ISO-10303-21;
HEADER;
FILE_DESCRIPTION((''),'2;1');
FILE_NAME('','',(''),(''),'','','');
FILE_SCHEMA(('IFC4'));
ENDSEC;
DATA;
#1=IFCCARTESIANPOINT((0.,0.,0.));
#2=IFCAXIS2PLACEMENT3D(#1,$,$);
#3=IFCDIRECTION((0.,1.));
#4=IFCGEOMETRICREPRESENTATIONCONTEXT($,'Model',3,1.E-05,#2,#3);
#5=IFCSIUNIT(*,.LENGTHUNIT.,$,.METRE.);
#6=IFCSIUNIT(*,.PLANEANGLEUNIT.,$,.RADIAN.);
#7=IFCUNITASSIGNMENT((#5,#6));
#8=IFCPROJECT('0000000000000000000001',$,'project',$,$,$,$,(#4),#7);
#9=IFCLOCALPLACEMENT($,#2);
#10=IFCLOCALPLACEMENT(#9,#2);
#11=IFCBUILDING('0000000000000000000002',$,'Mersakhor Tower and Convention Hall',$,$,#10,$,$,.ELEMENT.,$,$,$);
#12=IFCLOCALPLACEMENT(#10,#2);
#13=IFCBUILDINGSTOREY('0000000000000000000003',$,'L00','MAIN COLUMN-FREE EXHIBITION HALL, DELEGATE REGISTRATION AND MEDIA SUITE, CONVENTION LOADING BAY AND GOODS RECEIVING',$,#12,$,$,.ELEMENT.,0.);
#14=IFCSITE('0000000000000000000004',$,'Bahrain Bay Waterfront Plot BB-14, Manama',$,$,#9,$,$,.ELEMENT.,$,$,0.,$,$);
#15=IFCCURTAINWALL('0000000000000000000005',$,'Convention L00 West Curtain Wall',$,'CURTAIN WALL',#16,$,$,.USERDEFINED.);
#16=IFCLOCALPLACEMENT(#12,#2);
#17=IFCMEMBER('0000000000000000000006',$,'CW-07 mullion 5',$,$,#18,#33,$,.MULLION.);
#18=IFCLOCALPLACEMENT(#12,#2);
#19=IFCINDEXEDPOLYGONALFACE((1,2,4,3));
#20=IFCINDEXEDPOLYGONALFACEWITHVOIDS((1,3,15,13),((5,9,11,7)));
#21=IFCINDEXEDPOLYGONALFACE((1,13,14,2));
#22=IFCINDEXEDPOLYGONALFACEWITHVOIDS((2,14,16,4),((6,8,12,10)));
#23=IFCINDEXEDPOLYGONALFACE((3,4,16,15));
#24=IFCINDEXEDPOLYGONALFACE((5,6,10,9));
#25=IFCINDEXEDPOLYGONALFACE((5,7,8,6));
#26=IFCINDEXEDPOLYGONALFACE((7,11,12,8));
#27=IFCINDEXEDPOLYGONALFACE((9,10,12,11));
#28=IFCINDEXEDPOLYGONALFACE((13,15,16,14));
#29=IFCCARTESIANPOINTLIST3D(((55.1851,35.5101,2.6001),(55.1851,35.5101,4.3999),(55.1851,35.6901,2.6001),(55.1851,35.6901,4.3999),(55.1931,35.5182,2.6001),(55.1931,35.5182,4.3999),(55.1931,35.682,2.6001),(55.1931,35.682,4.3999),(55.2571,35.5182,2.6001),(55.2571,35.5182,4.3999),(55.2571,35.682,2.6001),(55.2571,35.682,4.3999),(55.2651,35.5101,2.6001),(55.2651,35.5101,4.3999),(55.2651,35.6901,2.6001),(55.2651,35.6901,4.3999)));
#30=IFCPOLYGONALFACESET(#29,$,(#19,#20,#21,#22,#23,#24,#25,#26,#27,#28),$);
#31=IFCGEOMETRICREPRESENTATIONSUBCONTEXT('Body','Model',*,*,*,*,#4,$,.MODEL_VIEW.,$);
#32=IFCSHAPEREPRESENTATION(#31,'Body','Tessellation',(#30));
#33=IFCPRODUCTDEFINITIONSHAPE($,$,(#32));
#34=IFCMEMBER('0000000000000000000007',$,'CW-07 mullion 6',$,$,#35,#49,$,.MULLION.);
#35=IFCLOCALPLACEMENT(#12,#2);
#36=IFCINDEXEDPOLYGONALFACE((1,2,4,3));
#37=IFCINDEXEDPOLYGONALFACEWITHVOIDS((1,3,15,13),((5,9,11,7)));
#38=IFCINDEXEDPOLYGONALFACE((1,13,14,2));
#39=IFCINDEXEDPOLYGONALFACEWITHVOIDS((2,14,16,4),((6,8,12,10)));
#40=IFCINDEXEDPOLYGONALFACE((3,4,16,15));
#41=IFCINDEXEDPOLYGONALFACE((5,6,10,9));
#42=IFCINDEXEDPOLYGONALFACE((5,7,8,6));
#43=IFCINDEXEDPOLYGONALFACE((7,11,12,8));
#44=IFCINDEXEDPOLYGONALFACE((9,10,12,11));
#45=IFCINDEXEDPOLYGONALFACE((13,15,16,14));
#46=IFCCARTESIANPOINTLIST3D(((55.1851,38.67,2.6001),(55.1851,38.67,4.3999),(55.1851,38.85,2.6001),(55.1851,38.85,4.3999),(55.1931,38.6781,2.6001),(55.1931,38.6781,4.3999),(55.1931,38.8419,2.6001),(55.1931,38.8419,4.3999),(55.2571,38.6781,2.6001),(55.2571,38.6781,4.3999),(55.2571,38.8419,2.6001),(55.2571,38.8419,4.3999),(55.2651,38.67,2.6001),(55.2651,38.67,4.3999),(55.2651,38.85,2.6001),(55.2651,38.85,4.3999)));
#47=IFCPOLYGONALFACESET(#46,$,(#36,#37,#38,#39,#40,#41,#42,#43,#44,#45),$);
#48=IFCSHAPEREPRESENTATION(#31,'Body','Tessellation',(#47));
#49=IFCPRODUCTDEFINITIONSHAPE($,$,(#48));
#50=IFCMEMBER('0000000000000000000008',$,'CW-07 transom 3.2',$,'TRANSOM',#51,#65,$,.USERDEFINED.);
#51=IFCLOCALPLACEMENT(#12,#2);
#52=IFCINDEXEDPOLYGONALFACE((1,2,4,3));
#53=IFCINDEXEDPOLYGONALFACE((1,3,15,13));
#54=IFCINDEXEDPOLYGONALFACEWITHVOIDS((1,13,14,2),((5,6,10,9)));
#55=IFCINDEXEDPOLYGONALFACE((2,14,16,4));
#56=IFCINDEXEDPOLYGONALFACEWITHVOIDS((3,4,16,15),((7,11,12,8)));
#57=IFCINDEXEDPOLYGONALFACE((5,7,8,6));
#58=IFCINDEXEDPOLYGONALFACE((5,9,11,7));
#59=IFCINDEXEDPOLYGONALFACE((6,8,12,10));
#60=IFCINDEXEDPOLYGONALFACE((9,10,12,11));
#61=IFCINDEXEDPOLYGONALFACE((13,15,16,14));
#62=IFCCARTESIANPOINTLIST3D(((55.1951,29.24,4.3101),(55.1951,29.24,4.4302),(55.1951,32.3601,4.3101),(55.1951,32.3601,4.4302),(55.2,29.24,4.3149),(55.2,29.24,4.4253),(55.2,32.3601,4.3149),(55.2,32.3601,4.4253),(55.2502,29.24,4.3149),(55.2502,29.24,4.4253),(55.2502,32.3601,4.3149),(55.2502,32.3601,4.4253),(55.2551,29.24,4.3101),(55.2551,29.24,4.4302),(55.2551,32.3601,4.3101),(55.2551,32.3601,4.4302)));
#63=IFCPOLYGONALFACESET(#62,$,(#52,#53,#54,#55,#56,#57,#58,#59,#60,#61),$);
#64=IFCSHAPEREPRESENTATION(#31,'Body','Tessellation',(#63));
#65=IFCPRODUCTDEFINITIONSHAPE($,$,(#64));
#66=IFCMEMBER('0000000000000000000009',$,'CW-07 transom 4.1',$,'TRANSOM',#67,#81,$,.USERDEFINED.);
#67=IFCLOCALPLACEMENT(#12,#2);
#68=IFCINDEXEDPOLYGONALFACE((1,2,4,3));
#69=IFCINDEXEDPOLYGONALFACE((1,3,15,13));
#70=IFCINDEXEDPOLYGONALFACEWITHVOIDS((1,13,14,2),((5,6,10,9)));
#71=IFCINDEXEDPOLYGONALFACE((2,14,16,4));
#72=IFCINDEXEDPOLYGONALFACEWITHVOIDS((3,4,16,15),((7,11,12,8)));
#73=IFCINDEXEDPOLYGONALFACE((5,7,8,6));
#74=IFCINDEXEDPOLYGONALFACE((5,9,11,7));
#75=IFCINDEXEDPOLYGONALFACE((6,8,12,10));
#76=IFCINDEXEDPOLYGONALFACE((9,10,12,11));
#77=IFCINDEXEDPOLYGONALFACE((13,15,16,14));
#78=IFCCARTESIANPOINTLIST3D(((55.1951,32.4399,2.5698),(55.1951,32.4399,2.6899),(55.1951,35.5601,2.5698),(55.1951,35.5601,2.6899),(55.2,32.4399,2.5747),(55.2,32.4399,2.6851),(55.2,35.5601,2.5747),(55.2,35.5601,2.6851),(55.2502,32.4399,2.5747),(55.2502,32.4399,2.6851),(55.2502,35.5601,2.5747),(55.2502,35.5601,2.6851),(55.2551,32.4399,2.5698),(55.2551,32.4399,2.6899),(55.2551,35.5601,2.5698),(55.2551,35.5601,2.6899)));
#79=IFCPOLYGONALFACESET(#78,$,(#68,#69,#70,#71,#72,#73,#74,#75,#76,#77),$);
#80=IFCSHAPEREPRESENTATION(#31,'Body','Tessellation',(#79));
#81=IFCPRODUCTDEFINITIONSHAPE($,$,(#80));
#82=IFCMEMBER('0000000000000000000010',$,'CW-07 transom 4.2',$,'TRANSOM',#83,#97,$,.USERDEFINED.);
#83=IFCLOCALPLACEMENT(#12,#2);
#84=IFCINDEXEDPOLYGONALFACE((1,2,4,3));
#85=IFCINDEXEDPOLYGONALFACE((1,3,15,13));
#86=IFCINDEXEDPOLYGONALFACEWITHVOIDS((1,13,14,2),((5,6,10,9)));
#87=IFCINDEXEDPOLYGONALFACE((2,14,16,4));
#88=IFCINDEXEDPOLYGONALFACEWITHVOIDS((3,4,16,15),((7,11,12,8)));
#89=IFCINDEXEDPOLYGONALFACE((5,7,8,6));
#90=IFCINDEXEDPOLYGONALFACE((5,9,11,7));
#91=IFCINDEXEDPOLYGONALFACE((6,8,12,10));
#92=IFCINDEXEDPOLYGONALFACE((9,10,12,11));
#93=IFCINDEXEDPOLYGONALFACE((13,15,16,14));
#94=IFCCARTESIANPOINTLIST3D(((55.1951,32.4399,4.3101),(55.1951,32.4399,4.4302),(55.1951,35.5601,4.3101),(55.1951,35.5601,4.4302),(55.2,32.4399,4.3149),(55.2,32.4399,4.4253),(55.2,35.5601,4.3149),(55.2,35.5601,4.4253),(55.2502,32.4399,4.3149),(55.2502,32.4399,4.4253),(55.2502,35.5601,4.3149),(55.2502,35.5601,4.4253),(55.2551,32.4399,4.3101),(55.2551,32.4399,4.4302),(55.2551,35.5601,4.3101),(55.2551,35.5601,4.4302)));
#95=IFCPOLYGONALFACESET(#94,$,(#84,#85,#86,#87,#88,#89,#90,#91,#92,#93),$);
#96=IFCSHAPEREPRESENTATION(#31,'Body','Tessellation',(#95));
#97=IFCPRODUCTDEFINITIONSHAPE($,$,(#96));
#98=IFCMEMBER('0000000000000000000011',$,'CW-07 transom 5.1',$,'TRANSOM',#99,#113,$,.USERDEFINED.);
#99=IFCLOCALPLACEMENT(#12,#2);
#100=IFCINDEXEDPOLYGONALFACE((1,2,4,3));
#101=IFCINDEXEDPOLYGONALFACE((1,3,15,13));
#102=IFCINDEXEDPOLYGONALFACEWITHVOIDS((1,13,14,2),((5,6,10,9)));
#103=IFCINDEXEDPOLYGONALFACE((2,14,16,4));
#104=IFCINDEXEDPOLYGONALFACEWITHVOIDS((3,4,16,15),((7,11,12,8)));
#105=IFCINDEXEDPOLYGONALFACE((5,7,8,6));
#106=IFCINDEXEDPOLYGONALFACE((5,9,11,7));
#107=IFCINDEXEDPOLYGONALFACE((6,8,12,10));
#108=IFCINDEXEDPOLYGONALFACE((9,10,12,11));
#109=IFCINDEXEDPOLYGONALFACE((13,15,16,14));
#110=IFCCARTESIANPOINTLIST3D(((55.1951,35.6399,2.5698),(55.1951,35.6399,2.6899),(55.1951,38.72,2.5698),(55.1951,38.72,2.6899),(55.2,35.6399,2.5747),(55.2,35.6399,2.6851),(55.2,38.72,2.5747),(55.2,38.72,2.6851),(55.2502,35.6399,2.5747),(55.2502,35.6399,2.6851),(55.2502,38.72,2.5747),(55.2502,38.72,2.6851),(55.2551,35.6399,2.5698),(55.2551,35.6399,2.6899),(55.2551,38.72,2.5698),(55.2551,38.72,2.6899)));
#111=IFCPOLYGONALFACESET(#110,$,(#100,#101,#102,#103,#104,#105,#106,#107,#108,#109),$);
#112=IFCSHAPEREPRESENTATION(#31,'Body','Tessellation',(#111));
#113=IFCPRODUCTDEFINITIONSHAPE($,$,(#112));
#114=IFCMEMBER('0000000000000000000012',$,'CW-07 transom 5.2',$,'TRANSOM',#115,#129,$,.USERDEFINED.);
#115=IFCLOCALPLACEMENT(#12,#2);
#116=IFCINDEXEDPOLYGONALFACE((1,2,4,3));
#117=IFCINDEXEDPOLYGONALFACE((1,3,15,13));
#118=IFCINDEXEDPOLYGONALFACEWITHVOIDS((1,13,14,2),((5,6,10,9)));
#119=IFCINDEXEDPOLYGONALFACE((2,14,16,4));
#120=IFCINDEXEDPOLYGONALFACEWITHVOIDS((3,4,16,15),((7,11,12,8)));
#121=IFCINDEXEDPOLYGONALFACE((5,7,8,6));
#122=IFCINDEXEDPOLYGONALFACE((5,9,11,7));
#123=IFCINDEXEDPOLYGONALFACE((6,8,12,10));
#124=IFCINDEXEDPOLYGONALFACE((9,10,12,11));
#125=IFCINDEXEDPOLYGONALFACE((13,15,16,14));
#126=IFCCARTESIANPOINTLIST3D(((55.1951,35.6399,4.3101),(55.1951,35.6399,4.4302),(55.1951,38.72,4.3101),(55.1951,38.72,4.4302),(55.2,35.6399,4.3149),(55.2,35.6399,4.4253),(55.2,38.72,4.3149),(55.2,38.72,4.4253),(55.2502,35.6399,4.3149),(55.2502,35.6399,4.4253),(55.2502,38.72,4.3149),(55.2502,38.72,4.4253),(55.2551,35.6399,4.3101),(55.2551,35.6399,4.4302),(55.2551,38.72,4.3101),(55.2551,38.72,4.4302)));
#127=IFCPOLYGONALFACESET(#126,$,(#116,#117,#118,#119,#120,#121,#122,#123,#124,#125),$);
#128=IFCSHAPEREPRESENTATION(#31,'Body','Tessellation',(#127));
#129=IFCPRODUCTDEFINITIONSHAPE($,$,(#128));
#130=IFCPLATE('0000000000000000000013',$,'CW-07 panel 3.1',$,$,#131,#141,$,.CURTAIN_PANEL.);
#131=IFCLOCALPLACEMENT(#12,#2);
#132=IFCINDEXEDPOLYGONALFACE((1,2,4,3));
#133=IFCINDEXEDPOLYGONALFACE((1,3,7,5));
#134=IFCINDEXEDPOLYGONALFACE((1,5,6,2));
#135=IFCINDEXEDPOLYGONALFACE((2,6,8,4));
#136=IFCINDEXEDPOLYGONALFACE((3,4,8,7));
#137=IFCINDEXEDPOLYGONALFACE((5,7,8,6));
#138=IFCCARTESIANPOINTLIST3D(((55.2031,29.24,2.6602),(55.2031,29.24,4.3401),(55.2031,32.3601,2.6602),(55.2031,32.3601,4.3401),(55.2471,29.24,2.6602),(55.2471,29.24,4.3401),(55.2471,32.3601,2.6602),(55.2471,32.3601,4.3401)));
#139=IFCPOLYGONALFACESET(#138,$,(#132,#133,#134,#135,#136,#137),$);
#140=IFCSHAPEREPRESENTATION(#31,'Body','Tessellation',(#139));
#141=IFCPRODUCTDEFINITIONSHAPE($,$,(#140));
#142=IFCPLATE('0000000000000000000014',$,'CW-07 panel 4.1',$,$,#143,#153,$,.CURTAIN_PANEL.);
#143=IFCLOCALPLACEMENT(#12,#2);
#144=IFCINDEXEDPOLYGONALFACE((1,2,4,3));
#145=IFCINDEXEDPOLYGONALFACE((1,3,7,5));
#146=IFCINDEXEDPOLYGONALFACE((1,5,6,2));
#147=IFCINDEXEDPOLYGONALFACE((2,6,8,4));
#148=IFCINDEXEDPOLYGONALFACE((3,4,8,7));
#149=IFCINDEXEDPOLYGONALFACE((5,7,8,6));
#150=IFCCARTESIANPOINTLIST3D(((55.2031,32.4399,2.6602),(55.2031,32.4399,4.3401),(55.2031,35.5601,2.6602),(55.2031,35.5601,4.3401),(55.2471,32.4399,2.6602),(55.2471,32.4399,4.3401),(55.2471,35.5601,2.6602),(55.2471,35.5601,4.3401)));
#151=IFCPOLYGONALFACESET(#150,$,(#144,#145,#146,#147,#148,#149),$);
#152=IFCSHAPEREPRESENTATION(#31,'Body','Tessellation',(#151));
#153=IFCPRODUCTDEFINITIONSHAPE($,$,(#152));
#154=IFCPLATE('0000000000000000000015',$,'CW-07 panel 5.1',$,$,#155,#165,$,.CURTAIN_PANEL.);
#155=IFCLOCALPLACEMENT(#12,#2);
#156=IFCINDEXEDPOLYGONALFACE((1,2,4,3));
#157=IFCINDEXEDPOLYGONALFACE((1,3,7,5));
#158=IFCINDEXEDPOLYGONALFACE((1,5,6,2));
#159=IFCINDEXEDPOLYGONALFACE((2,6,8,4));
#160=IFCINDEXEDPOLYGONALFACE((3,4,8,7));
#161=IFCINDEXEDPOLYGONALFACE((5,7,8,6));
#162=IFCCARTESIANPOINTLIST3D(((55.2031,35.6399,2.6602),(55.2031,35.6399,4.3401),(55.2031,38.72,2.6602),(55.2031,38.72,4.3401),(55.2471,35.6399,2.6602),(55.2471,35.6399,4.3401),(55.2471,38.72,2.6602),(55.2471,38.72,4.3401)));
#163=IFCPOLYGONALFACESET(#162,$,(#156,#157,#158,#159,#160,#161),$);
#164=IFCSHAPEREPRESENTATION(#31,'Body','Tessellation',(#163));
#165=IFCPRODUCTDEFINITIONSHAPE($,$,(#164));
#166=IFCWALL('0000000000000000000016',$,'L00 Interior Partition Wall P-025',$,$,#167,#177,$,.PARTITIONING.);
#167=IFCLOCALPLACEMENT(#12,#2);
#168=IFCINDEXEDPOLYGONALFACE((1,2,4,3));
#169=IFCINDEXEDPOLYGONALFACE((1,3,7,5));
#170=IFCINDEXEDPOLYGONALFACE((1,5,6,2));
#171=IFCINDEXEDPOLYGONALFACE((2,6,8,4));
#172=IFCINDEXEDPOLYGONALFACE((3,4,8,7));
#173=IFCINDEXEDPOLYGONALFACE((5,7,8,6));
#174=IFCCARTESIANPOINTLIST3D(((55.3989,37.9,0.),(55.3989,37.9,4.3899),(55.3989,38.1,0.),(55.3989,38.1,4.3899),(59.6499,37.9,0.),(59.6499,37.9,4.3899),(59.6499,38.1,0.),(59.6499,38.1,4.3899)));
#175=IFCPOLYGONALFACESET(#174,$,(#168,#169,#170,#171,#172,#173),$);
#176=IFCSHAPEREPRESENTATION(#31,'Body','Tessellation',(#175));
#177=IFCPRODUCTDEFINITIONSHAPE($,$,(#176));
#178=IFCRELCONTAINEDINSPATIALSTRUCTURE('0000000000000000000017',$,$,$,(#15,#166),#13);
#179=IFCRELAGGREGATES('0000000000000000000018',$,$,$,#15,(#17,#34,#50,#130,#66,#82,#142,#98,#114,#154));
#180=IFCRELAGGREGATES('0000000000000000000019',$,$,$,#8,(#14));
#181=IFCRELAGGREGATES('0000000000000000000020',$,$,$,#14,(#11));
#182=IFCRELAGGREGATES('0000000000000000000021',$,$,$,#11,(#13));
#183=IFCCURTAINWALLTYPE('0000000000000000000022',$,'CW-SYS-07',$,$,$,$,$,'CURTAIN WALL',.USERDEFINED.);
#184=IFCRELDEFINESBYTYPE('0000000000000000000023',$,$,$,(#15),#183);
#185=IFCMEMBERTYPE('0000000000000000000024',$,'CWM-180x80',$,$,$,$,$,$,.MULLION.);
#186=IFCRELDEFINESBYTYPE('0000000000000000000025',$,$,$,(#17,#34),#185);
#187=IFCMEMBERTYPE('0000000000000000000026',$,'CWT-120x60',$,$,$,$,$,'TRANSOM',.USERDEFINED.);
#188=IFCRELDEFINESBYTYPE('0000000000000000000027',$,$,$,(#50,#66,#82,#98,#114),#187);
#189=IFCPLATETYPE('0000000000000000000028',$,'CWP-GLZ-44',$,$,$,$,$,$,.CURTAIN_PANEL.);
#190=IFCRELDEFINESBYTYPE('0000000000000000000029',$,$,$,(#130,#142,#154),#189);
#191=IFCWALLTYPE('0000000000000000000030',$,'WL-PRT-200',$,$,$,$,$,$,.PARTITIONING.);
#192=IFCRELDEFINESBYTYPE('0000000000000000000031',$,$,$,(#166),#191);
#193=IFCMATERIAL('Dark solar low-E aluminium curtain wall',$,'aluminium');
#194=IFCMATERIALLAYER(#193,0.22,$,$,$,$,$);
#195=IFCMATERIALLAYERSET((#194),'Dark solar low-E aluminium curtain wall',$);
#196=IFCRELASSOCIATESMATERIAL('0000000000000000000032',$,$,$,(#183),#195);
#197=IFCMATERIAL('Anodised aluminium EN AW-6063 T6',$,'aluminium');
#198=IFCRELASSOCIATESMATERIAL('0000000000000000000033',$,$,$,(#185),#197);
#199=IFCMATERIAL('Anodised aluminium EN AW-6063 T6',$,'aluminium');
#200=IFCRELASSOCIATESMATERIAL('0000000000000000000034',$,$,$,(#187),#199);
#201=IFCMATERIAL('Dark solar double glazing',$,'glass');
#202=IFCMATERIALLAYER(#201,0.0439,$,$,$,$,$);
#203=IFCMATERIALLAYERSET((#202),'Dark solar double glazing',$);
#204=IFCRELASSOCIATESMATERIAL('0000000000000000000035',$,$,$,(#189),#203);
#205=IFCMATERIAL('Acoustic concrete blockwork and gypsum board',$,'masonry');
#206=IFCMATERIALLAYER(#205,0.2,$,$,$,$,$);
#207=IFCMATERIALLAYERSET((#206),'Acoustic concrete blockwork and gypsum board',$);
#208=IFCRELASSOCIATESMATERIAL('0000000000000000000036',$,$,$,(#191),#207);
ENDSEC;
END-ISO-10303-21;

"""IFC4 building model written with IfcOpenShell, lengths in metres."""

from ifc_helpers import new_model, si_unit, direction, frame, frame_2d, origin, origin_2d, place, context, subcontext, project, spatial, rectangle, hollow_rectangle, extrude, material, layer, layer_set, material_profile, profile_set, type_object, element, aggregate, save


model = new_model("IFC4")

# Units and contexts
model_context = context("Model", 3, precision=1e-05, world=origin(), true_north=direction((0.0, 1.0)))
body_context = subcontext(model_context, "Body", "Model", "MODEL_VIEW")
ifc_project = project(units=[si_unit("LENGTHUNIT", "METRE"), si_unit("PLANEANGLEUNIT", "RADIAN")], contexts=[model_context])

# Site, building, storey
site_placement = place(None, origin())
site = spatial("IfcSite", under=ifc_project, at=site_placement, Name="Bahrain Bay Waterfront Plot BB-14, Manama", CompositionType="ELEMENT", RefElevation=0.0)
building_placement = place(site_placement, origin())
building = spatial("IfcBuilding", under=site, at=building_placement, Name="Mersakhor Tower and Convention Hall", CompositionType="ELEMENT")
storey_placement = place(building_placement, origin())
storey = spatial("IfcBuildingStorey", under=building, at=storey_placement, Name="L00", Description="MAIN COLUMN-FREE EXHIBITION HALL, DELEGATE REGISTRATION AND MEDIA SUITE, CONVENTION LOADING BAY AND GOODS RECEIVING", CompositionType="ELEMENT", Elevation=0.0)

# Curtain wall, members, plates
ifc_material_1 = material(Name="Dark solar low-E aluminium curtain wall", Category="aluminium")
ifc_layer_1 = layer(ifc_material_1, 0.22)
ifc_layer_set_1 = layer_set([ifc_layer_1], Name="Dark solar low-E aluminium curtain wall")
curtain_wall_type = type_object("IfcCurtainWallType", Name="CW-SYS-07", ElementType="CURTAIN WALL", PredefinedType="USERDEFINED", material=ifc_layer_set_1)
curtain_wall_placement = place(storey_placement, origin())
curtain_wall = element("IfcCurtainWall", 1, at=curtain_wall_placement, inside=storey, type_object=curtain_wall_type, Name="Convention L00 West Curtain Wall", ObjectType="CURTAIN WALL", PredefinedType="USERDEFINED")
ifc_material_2 = material(Name="Anodised aluminium EN AW-6063 T6", Category="aluminium")
ifc_material_profile_1 = material_profile(ifc_material_2, hollow_rectangle(XDim=0.0801, YDim=0.1799, WallThickness=0.0081, at=origin_2d()), Name="RHS 180x80x8")
ifc_profile_set_1 = profile_set([ifc_material_profile_1], Name="Anodised aluminium EN AW-6063 T6")
member_type_1 = type_object("IfcMemberType", Name="CWM-180x80", PredefinedType="MULLION", material=ifc_profile_set_1)
member_1_placement = place(storey_placement, frame((55.2251, 35.6001, 2.6001), z_axis=(0.0, 0.0, 1.0), x_axis=(-1.0, 0.0, 0.0)))
member_1 = element("IfcMember", 2, at=member_1_placement, type_object=member_type_1, Name="CW-07 mullion 5", PredefinedType="MULLION", context=body_context, shape_type="SweptSolid", body=[
    extrude(hollow_rectangle(XDim=0.0801, YDim=0.1799, WallThickness=0.0081, at=origin_2d()), origin(), (0.0, 0.0, 1.0), 1.7998),
])
member_2_placement = place(storey_placement, frame((55.2251, 38.76, 2.6001), z_axis=(0.0, 0.0, 1.0), x_axis=(-1.0, 0.0, 0.0)))
member_2 = element("IfcMember", 3, at=member_2_placement, type_object=member_type_1, Name="CW-07 mullion 6", PredefinedType="MULLION", context=body_context, shape_type="SweptSolid", body=[
    extrude(hollow_rectangle(XDim=0.0801, YDim=0.1799, WallThickness=0.0081, at=origin_2d()), origin(), (0.0, 0.0, 1.0), 1.7998),
])
ifc_material_3 = material(Name="Anodised aluminium EN AW-6063 T6", Category="aluminium")
ifc_material_profile_2 = material_profile(ifc_material_3, hollow_rectangle(XDim=0.0601, YDim=0.1201, WallThickness=0.0049, at=origin_2d()), Name="RHS 120x60x5")
ifc_profile_set_2 = profile_set([ifc_material_profile_2], Name="Anodised aluminium EN AW-6063 T6")
member_type_2 = type_object("IfcMemberType", Name="CWT-120x60", ElementType="TRANSOM", PredefinedType="USERDEFINED", material=ifc_profile_set_2)
member_3_placement = place(storey_placement, frame((55.2251, 29.24, 4.3701), z_axis=(0.0, 1.0, 0.0), x_axis=(-1.0, 0.0, 0.0)))
member_3 = element("IfcMember", 4, at=member_3_placement, type_object=member_type_2, Name="CW-07 transom 3.2", ObjectType="TRANSOM", PredefinedType="USERDEFINED", context=body_context, shape_type="SweptSolid", body=[
    extrude(hollow_rectangle(XDim=0.0601, YDim=0.1201, WallThickness=0.0049, at=origin_2d()), origin(), (0.0, 0.0, 1.0), 3.1201),
])
member_4_placement = place(storey_placement, frame((55.2251, 32.4399, 2.6299), z_axis=(0.0, 1.0, 0.0), x_axis=(-1.0, 0.0, 0.0)))
member_4 = element("IfcMember", 5, at=member_4_placement, type_object=member_type_2, Name="CW-07 transom 4.1", ObjectType="TRANSOM", PredefinedType="USERDEFINED", context=body_context, shape_type="SweptSolid", body=[
    extrude(hollow_rectangle(XDim=0.0601, YDim=0.1201, WallThickness=0.0049, at=origin_2d()), origin(), (0.0, 0.0, 1.0), 3.1201),
])
member_5_placement = place(storey_placement, frame((55.2251, 32.4399, 4.3701), z_axis=(0.0, 1.0, 0.0), x_axis=(-1.0, 0.0, 0.0)))
member_5 = element("IfcMember", 6, at=member_5_placement, type_object=member_type_2, Name="CW-07 transom 4.2", ObjectType="TRANSOM", PredefinedType="USERDEFINED", context=body_context, shape_type="SweptSolid", body=[
    extrude(hollow_rectangle(XDim=0.0601, YDim=0.1201, WallThickness=0.0049, at=origin_2d()), origin(), (0.0, 0.0, 1.0), 3.1201),
])
member_6_placement = place(storey_placement, frame((55.2251, 35.6399, 2.6299), z_axis=(0.0, 1.0, 0.0), x_axis=(-1.0, 0.0, 0.0)))
member_6 = element("IfcMember", 7, at=member_6_placement, type_object=member_type_2, Name="CW-07 transom 5.1", ObjectType="TRANSOM", PredefinedType="USERDEFINED", context=body_context, shape_type="SweptSolid", body=[
    extrude(hollow_rectangle(XDim=0.0601, YDim=0.1201, WallThickness=0.0049, at=origin_2d()), origin(), (0.0, 0.0, 1.0), 3.0801),
])
member_7_placement = place(storey_placement, frame((55.2251, 35.6399, 4.3701), z_axis=(0.0, 1.0, 0.0), x_axis=(-1.0, 0.0, 0.0)))
member_7 = element("IfcMember", 8, at=member_7_placement, type_object=member_type_2, Name="CW-07 transom 5.2", ObjectType="TRANSOM", PredefinedType="USERDEFINED", context=body_context, shape_type="SweptSolid", body=[
    extrude(hollow_rectangle(XDim=0.0601, YDim=0.1201, WallThickness=0.0049, at=origin_2d()), origin(), (0.0, 0.0, 1.0), 3.0801),
])
ifc_material_4 = material(Name="Dark solar double glazing", Category="glass")
ifc_layer_2 = layer(ifc_material_4, 0.0439)
ifc_layer_set_2 = layer_set([ifc_layer_2], Name="Dark solar double glazing")
plate_type = type_object("IfcPlateType", Name="CWP-GLZ-44", PredefinedType="CURTAIN_PANEL", material=ifc_layer_set_2)
plate_1_placement = place(storey_placement, frame((55.2251, 30.8, 2.6602), z_axis=(0.0, 0.0, 1.0), x_axis=(0.0, 1.0, 0.0)))
plate_1 = element("IfcPlate", 9, at=plate_1_placement, type_object=plate_type, Name="CW-07 panel 3.1", PredefinedType="CURTAIN_PANEL", context=body_context, shape_type="SweptSolid", body=[
    extrude(rectangle(XDim=3.1201, YDim=0.0439, at=origin_2d()), origin(), (0.0, 0.0, 1.0), 1.6799),
])
plate_2_placement = place(storey_placement, frame((55.2251, 34.0, 2.6602), z_axis=(0.0, 0.0, 1.0), x_axis=(0.0, 1.0, 0.0)))
plate_2 = element("IfcPlate", 10, at=plate_2_placement, type_object=plate_type, Name="CW-07 panel 4.1", PredefinedType="CURTAIN_PANEL", context=body_context, shape_type="SweptSolid", body=[
    extrude(rectangle(XDim=3.1201, YDim=0.0439, at=origin_2d()), origin(), (0.0, 0.0, 1.0), 1.6799),
])
plate_3_placement = place(storey_placement, frame((55.2251, 37.1799, 2.6602), z_axis=(0.0, 0.0, 1.0), x_axis=(0.0, 1.0, 0.0)))
plate_3 = element("IfcPlate", 11, at=plate_3_placement, type_object=plate_type, Name="CW-07 panel 5.1", PredefinedType="CURTAIN_PANEL", context=body_context, shape_type="SweptSolid", body=[
    extrude(rectangle(XDim=3.0801, YDim=0.0439, at=origin_2d()), origin(), (0.0, 0.0, 1.0), 1.6799),
])
aggregate(curtain_wall, [member_1, member_2, member_3, plate_1, member_4, member_5, plate_2, member_6, member_7, plate_3])

# Wall
ifc_material_5 = material(Name="Acoustic concrete blockwork and gypsum board", Category="masonry")
ifc_layer_3 = layer(ifc_material_5, 0.2)
ifc_layer_set_3 = layer_set([ifc_layer_3], Name="Acoustic concrete blockwork and gypsum board")
wall_type_1 = type_object("IfcWallType", Name="WL-PRT-200", PredefinedType="PARTITIONING", material=ifc_layer_set_3)
wall_1_placement = place(storey_placement, frame((59.6499, 38.0, 0.0), z_axis=(0.0, 0.0, 1.0), x_axis=(-1.0, 0.0, 0.0)))
element("IfcWall", 12, at=wall_1_placement, inside=storey, type_object=wall_type_1, Name="L00 Interior Partition Wall P-025", PredefinedType="PARTITIONING", context=body_context, shape_type="SweptSolid", body=[
    extrude(rectangle(XDim=4.251, YDim=0.2, at=frame_2d((2.1255, 0.0))), origin(), (0.0, 0.0, 1.0), 4.3899),
])

save(model, "model.ifc")
